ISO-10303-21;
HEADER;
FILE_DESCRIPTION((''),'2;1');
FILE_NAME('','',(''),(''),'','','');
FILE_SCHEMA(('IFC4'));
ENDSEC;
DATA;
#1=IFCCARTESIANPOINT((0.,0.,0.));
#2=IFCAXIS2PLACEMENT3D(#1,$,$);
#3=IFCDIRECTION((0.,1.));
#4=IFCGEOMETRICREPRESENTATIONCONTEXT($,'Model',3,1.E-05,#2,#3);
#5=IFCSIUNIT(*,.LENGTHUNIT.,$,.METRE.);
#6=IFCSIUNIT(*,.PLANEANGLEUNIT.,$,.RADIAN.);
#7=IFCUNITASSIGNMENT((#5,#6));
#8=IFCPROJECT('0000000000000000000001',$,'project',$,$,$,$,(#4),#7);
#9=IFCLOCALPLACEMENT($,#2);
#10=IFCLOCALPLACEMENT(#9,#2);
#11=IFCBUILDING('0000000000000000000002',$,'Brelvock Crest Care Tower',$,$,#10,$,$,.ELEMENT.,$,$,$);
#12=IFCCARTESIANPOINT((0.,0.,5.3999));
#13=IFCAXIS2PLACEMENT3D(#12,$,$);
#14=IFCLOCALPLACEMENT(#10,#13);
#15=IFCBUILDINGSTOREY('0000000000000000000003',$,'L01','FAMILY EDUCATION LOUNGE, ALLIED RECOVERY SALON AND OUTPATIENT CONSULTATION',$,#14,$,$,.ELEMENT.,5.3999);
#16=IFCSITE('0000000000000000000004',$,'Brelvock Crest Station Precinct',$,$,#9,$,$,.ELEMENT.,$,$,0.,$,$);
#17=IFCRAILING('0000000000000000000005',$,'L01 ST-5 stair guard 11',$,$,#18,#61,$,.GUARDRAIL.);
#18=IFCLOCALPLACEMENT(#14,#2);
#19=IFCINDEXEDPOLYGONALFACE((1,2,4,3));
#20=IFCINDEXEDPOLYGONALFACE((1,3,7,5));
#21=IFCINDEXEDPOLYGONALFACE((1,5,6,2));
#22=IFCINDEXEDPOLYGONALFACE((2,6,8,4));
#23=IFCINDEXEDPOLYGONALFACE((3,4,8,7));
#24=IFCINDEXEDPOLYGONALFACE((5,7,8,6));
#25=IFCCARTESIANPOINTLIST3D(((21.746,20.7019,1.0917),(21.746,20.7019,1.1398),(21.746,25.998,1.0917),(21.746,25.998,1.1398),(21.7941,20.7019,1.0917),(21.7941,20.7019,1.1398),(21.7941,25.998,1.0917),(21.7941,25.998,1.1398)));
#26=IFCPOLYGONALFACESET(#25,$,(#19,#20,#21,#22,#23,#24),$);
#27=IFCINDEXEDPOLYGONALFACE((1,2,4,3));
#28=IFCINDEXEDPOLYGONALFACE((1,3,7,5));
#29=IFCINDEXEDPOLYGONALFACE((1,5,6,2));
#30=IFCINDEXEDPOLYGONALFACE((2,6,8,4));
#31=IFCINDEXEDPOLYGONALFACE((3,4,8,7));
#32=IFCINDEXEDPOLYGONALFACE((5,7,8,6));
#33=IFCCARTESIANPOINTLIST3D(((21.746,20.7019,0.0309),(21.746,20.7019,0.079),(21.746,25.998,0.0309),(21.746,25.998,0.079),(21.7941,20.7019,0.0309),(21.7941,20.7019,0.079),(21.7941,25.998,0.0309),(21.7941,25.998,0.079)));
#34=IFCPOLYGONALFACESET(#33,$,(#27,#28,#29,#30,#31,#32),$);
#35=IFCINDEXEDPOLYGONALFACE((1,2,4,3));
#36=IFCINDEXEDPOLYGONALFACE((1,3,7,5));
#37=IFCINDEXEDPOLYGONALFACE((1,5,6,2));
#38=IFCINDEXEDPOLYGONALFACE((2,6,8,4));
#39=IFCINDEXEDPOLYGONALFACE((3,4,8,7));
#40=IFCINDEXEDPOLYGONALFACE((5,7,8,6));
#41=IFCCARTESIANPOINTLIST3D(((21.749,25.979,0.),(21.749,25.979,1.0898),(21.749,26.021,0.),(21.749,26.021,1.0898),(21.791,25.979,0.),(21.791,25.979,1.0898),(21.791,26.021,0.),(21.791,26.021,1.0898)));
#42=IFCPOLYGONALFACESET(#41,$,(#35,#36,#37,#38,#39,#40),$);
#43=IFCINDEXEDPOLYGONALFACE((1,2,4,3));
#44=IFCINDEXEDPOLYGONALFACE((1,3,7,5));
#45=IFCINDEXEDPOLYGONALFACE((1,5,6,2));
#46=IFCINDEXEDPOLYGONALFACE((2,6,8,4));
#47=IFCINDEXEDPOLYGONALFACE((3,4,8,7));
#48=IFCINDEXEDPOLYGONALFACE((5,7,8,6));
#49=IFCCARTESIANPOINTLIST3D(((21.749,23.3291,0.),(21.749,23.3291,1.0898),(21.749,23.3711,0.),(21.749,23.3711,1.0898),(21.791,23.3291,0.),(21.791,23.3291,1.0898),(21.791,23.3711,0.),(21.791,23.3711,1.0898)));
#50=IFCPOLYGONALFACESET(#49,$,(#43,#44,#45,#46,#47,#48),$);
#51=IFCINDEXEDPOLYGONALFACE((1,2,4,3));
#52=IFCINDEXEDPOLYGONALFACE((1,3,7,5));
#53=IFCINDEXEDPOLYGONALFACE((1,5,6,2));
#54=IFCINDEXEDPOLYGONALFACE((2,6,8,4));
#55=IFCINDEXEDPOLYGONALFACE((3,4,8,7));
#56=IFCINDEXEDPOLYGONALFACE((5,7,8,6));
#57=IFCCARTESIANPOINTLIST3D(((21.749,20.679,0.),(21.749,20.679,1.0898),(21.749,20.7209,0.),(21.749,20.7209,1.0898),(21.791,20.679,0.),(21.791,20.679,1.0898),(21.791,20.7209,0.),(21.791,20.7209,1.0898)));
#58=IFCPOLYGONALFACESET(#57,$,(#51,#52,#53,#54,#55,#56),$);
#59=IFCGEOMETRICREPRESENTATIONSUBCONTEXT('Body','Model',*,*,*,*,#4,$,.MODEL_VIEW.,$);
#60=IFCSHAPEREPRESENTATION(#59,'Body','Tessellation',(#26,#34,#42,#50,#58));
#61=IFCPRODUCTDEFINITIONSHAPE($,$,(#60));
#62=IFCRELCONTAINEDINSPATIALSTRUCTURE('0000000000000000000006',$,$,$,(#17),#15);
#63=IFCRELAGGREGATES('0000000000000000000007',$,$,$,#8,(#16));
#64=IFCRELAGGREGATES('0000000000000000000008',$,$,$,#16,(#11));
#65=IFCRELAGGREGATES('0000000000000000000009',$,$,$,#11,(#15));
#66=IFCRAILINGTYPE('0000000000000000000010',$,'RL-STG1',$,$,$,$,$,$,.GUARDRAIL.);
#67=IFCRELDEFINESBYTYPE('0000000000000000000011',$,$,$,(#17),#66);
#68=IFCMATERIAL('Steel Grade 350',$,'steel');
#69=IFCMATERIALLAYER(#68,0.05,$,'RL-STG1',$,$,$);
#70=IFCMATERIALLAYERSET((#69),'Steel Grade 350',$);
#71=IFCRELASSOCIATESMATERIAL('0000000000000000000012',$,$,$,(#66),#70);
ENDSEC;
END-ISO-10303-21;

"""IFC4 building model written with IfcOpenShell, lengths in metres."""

from ifc_helpers import new_model, si_unit, direction, frame, origin, origin_2d, place, context, subcontext, project, spatial, rectangle, extrude, material, layer, layer_set, type_object, element, save


model = new_model("IFC4")

# Units and contexts
model_context = context("Model", 3, precision=1e-05, world=origin(), true_north=direction((0.0, 1.0)))
body_context = subcontext(model_context, "Body", "Model", "MODEL_VIEW")
ifc_project = project(units=[si_unit("LENGTHUNIT", "METRE"), si_unit("PLANEANGLEUNIT", "RADIAN")], contexts=[model_context])

# Site, building, storey
site_placement = place(None, origin())
site = spatial("IfcSite", under=ifc_project, at=site_placement, Name="Brelvock Crest Station Precinct", CompositionType="ELEMENT", RefElevation=0.0)
building_placement = place(site_placement, origin())
building = spatial("IfcBuilding", under=site, at=building_placement, Name="Brelvock Crest Care Tower", CompositionType="ELEMENT")
storey_placement = place(building_placement, frame((0.0, 0.0, 5.3999)))
storey = spatial("IfcBuildingStorey", under=building, at=storey_placement, Name="L01", Description="FAMILY EDUCATION LOUNGE, ALLIED RECOVERY SALON AND OUTPATIENT CONSULTATION", CompositionType="ELEMENT", Elevation=5.3999)

# Shared definitions
ifc_material_1 = material(Name="Steel Grade 350", Category="steel")

# Railing
ifc_layer_1 = layer(ifc_material_1, 0.05, Name="RL-STG1")
ifc_layer_set_1 = layer_set([ifc_layer_1], Name="Steel Grade 350")
railing_type = type_object("IfcRailingType", Name="RL-STG1", PredefinedType="GUARDRAIL", material=ifc_layer_set_1)
railing_1_placement = place(storey_placement, frame((21.77, 26.0, 0.0)))
element("IfcRailing", 1, at=railing_1_placement, inside=storey, type_object=railing_type, Name="L01 ST-5 stair guard 11", PredefinedType="GUARDRAIL", context=body_context, shape_type="SweptSolid", body=[
    extrude(rectangle(XDim=0.0481, YDim=0.0481, at=origin_2d()), frame((0.0, -0.002, 1.1157), z_axis=(0.0, -1.0, 0.0), x_axis=(1.0, 0.0, 0.0)), (0.0, 0.0, 1.0), 5.2961),
    extrude(rectangle(XDim=0.0481, YDim=0.0481, at=origin_2d()), frame((0.0, -0.002, 0.0549), z_axis=(0.0, -1.0, 0.0), x_axis=(1.0, 0.0, 0.0)), (0.0, 0.0, 1.0), 5.2961),
    extrude(rectangle(XDim=0.042, YDim=0.042, at=origin_2d()), origin(), (0.0, 0.0, 1.0), 1.0898),
    extrude(rectangle(XDim=0.042, YDim=0.042, at=origin_2d()), frame((0.0, -2.6499, 0.0)), (0.0, 0.0, 1.0), 1.0898),
    extrude(rectangle(XDim=0.042, YDim=0.042, at=origin_2d()), frame((0.0, -5.3, 0.0)), (0.0, 0.0, 1.0), 1.0898),
])

save(model, "model.ifc")
